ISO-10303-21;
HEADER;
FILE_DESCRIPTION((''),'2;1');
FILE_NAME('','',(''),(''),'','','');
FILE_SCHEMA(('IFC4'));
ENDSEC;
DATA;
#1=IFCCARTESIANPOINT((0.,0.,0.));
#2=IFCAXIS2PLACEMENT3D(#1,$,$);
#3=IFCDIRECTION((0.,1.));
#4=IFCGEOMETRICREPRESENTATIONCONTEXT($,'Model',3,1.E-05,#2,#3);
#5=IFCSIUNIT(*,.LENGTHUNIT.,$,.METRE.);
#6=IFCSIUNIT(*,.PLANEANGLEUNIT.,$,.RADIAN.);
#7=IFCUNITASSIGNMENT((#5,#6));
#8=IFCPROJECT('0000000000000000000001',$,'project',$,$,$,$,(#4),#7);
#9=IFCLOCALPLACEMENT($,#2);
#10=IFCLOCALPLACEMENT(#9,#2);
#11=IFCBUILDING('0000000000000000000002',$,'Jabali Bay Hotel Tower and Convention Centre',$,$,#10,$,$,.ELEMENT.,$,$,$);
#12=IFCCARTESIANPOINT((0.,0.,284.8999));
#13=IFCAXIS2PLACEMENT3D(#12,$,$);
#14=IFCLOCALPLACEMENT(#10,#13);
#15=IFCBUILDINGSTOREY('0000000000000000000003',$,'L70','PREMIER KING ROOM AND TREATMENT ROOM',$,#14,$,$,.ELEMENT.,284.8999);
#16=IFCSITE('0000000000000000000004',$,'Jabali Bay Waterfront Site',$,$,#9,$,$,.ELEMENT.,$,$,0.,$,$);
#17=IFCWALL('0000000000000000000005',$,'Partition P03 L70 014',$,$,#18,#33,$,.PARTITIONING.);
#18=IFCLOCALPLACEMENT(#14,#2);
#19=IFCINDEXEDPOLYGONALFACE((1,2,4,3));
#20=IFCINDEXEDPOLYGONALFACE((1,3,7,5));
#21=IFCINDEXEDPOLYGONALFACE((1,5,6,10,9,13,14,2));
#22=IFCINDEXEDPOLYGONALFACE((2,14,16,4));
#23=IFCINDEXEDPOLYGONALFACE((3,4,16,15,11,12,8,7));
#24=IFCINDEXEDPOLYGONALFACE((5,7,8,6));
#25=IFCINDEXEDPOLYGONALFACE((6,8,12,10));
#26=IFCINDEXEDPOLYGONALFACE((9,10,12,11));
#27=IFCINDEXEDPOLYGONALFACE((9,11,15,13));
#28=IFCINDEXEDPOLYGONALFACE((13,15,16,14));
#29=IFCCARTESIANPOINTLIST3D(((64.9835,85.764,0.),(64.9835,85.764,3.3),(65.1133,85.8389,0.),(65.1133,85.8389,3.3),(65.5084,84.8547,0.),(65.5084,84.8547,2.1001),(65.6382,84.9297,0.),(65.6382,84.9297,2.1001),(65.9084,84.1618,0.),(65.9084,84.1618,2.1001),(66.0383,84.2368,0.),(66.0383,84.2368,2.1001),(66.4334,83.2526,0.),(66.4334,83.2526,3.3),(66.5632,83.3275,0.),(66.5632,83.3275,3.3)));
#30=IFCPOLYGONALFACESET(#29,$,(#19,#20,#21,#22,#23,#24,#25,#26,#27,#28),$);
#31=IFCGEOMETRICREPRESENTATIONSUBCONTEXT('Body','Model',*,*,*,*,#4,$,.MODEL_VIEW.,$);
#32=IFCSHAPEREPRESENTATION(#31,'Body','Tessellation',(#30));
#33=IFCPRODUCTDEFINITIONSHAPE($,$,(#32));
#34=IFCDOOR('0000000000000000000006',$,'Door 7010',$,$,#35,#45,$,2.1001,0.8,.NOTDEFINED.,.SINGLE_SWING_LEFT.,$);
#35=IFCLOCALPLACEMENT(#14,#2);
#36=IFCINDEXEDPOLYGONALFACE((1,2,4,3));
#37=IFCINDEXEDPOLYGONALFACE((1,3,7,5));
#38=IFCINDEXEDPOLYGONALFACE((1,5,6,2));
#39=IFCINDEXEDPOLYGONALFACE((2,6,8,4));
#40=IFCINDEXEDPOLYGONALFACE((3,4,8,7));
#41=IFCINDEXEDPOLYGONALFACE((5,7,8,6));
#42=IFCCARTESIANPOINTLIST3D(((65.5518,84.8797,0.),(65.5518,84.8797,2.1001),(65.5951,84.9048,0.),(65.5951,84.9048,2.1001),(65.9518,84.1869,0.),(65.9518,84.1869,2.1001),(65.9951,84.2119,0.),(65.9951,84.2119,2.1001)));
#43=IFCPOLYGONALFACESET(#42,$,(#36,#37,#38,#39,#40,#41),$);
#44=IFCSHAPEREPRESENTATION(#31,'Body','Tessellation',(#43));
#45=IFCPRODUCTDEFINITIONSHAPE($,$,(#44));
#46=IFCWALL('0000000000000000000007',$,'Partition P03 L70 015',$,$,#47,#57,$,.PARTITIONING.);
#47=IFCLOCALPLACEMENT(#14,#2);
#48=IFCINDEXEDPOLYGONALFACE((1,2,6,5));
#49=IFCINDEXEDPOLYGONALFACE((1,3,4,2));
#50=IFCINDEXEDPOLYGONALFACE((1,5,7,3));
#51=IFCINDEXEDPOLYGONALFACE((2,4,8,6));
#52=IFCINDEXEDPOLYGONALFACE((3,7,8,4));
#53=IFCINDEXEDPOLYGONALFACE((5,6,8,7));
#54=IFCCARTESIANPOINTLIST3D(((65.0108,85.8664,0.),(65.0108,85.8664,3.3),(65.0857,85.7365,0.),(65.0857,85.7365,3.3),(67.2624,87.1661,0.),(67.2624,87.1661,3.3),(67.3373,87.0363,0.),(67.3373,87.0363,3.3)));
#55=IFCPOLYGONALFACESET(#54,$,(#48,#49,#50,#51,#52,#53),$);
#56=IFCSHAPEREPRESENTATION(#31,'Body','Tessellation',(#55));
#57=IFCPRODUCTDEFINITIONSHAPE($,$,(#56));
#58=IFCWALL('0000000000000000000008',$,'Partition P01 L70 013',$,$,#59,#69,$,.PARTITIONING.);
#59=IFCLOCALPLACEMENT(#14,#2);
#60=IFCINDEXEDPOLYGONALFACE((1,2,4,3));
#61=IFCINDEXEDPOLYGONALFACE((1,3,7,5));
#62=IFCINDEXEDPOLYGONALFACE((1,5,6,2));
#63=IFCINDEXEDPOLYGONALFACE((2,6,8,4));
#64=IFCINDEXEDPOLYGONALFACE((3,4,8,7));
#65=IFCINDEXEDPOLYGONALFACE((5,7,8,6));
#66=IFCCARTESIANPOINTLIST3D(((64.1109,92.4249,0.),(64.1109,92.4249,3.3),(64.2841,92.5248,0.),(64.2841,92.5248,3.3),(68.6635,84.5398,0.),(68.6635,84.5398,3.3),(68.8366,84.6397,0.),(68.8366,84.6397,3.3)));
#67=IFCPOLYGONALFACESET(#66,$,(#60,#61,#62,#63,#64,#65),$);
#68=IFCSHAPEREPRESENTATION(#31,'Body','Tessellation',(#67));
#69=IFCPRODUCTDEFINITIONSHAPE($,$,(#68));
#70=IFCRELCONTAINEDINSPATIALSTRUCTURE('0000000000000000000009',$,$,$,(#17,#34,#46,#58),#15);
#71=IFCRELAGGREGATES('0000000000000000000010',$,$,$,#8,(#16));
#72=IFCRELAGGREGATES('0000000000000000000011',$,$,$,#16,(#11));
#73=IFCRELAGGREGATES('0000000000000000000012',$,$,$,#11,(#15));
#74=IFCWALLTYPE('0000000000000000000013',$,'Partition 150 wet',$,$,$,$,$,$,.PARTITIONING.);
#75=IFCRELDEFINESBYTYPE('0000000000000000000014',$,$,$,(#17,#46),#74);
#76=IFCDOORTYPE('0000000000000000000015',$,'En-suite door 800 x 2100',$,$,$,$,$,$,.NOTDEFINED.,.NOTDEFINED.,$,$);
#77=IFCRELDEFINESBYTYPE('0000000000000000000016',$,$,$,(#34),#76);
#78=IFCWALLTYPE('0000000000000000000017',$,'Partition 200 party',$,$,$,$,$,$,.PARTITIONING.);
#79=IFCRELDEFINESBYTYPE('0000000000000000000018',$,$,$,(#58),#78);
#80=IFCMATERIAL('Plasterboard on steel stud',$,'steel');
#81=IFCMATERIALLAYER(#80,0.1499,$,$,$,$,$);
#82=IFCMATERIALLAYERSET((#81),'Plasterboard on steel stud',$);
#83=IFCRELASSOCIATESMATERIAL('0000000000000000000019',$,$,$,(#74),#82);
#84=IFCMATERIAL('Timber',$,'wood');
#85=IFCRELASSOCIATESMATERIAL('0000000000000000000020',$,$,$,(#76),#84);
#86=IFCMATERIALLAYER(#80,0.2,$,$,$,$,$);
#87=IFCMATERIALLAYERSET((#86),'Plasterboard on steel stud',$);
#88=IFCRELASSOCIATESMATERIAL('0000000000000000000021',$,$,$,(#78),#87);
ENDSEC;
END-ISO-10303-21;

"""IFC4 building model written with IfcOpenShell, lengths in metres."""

from ifc_helpers import new_model, si_unit, direction, frame, frame_2d, origin, place, context, subcontext, project, spatial, rectangle, extrude, material, layer, layer_set, type_object, element, fill, save


model = new_model("IFC4")

# Units and contexts
model_context = context("Model", 3, precision=1e-05, world=origin(), true_north=direction((0.0, 1.0)))
body_context = subcontext(model_context, "Body", "Model", "MODEL_VIEW")
ifc_project = project(units=[si_unit("LENGTHUNIT", "METRE"), si_unit("PLANEANGLEUNIT", "RADIAN")], contexts=[model_context])

# Site, building, storey
site_placement = place(None, origin())
site = spatial("IfcSite", under=ifc_project, at=site_placement, Name="Jabali Bay Waterfront Site", CompositionType="ELEMENT", RefElevation=0.0)
building_placement = place(site_placement, origin())
building = spatial("IfcBuilding", under=site, at=building_placement, Name="Jabali Bay Hotel Tower and Convention Centre", CompositionType="ELEMENT")
storey_placement = place(building_placement, frame((0.0, 0.0, 284.8999)))
storey = spatial("IfcBuildingStorey", under=building, at=storey_placement, Name="L70", Description="PREMIER KING ROOM AND TREATMENT ROOM", CompositionType="ELEMENT", Elevation=284.8999)

# Shared definitions
ifc_material_1 = material(Name="Plasterboard on steel stud", Category="steel")
ifc_layer_1 = layer(ifc_material_1, 0.1499)
ifc_layer_set_1 = layer_set([ifc_layer_1], Name="Plasterboard on steel stud")
wall_type_1 = type_object("IfcWallType", Name="Partition 150 wet", PredefinedType="PARTITIONING", material=ifc_layer_set_1)
ifc_material_2 = material(Name="Timber", Category="wood")
door_type_1 = type_object("IfcDoorType", Name="En-suite door 800 x 2100", OperationType="NOTDEFINED", PredefinedType="NOTDEFINED", material=ifc_material_2)

# Wall, opening, door
wall_1_placement = place(storey_placement, frame((66.4983, 83.29, 0.0), z_axis=(0.0, 0.0, 1.0), x_axis=(-0.499987, 0.866033, 0.0)))
wall_1 = element("IfcWall", 1, at=wall_1_placement, inside=storey, type_object=wall_type_1, Name="Partition P03 L70 014", PredefinedType="PARTITIONING", context=body_context, shape_type="SweptSolid", body=[
    extrude(rectangle(XDim=2.8999, YDim=0.1499, at=frame_2d((1.45, 0.0))), origin(), (0.0, 0.0, 1.0), 3.3),
])
opening_1_placement = place(wall_1_placement, frame((1.05, 0.0, 0.0)))
opening_1 = element("IfcOpeningElement", 2, at=opening_1_placement, cuts=wall_1, PredefinedType="OPENING", context=body_context, shape_type="SweptSolid", body=[
    extrude(rectangle(XDim=0.8, YDim=2.1001, at=frame_2d((0.3999, 1.05))), frame((0.0, 0.0854, 0.0), z_axis=(0.0, -1.0, 0.0), x_axis=(1.0, 0.0, 0.0)), (0.0, 0.0, 1.0), 0.1709),
])
door_1_placement = place(opening_1_placement, origin())
door_1 = element("IfcDoor", 3, at=door_1_placement, inside=storey, type_object=door_type_1, Name="Door 7010", OperationType="SINGLE_SWING_LEFT", OverallHeight=2.1001, OverallWidth=0.8, PredefinedType="NOTDEFINED", context=body_context, shape_type="SweptSolid", body=[
    extrude(rectangle(XDim=0.8, YDim=2.1001, at=frame_2d((0.3999, 1.05))), frame((0.0, 0.0249, 0.0), z_axis=(0.0, -1.0, 0.0), x_axis=(1.0, 0.0, 0.0)), (0.0, 0.0, 1.0), 0.05),
])
fill(opening_1, door_1)

# Walls
wall_2_placement = place(storey_placement, frame((65.0483, 85.8015, 0.0), z_axis=(0.0, 0.0, 1.0), x_axis=(0.866062, 0.499937, 0.0)))
element("IfcWall", 4, at=wall_2_placement, inside=storey, type_object=wall_type_1, Name="Partition P03 L70 015", PredefinedType="PARTITIONING", context=body_context, shape_type="SweptSolid", body=[
    extrude(rectangle(XDim=2.5999, YDim=0.1499, at=frame_2d((1.2998, 0.0))), origin(), (0.0, 0.0, 1.0), 3.3),
])
ifc_layer_2 = layer(ifc_material_1, 0.2)
ifc_layer_set_2 = layer_set([ifc_layer_2], Name="Plasterboard on steel stud")
wall_type_2 = type_object("IfcWallType", Name="Partition 200 party", PredefinedType="PARTITIONING", material=ifc_layer_set_2)
wall_3_placement = place(storey_placement, frame((64.1975, 92.4749, 0.0), z_axis=(0.0, 0.0, 1.0), x_axis=(0.500006, -0.866022, 0.0)))
element("IfcWall", 5, at=wall_3_placement, inside=storey, type_object=wall_type_2, Name="Partition P01 L70 013", PredefinedType="PARTITIONING", context=body_context, shape_type="SweptSolid", body=[
    extrude(rectangle(XDim=9.105, YDim=0.2, at=frame_2d((4.5525, 0.0))), origin(), (0.0, 0.0, 1.0), 3.3),
])

save(model, "model.ifc")
